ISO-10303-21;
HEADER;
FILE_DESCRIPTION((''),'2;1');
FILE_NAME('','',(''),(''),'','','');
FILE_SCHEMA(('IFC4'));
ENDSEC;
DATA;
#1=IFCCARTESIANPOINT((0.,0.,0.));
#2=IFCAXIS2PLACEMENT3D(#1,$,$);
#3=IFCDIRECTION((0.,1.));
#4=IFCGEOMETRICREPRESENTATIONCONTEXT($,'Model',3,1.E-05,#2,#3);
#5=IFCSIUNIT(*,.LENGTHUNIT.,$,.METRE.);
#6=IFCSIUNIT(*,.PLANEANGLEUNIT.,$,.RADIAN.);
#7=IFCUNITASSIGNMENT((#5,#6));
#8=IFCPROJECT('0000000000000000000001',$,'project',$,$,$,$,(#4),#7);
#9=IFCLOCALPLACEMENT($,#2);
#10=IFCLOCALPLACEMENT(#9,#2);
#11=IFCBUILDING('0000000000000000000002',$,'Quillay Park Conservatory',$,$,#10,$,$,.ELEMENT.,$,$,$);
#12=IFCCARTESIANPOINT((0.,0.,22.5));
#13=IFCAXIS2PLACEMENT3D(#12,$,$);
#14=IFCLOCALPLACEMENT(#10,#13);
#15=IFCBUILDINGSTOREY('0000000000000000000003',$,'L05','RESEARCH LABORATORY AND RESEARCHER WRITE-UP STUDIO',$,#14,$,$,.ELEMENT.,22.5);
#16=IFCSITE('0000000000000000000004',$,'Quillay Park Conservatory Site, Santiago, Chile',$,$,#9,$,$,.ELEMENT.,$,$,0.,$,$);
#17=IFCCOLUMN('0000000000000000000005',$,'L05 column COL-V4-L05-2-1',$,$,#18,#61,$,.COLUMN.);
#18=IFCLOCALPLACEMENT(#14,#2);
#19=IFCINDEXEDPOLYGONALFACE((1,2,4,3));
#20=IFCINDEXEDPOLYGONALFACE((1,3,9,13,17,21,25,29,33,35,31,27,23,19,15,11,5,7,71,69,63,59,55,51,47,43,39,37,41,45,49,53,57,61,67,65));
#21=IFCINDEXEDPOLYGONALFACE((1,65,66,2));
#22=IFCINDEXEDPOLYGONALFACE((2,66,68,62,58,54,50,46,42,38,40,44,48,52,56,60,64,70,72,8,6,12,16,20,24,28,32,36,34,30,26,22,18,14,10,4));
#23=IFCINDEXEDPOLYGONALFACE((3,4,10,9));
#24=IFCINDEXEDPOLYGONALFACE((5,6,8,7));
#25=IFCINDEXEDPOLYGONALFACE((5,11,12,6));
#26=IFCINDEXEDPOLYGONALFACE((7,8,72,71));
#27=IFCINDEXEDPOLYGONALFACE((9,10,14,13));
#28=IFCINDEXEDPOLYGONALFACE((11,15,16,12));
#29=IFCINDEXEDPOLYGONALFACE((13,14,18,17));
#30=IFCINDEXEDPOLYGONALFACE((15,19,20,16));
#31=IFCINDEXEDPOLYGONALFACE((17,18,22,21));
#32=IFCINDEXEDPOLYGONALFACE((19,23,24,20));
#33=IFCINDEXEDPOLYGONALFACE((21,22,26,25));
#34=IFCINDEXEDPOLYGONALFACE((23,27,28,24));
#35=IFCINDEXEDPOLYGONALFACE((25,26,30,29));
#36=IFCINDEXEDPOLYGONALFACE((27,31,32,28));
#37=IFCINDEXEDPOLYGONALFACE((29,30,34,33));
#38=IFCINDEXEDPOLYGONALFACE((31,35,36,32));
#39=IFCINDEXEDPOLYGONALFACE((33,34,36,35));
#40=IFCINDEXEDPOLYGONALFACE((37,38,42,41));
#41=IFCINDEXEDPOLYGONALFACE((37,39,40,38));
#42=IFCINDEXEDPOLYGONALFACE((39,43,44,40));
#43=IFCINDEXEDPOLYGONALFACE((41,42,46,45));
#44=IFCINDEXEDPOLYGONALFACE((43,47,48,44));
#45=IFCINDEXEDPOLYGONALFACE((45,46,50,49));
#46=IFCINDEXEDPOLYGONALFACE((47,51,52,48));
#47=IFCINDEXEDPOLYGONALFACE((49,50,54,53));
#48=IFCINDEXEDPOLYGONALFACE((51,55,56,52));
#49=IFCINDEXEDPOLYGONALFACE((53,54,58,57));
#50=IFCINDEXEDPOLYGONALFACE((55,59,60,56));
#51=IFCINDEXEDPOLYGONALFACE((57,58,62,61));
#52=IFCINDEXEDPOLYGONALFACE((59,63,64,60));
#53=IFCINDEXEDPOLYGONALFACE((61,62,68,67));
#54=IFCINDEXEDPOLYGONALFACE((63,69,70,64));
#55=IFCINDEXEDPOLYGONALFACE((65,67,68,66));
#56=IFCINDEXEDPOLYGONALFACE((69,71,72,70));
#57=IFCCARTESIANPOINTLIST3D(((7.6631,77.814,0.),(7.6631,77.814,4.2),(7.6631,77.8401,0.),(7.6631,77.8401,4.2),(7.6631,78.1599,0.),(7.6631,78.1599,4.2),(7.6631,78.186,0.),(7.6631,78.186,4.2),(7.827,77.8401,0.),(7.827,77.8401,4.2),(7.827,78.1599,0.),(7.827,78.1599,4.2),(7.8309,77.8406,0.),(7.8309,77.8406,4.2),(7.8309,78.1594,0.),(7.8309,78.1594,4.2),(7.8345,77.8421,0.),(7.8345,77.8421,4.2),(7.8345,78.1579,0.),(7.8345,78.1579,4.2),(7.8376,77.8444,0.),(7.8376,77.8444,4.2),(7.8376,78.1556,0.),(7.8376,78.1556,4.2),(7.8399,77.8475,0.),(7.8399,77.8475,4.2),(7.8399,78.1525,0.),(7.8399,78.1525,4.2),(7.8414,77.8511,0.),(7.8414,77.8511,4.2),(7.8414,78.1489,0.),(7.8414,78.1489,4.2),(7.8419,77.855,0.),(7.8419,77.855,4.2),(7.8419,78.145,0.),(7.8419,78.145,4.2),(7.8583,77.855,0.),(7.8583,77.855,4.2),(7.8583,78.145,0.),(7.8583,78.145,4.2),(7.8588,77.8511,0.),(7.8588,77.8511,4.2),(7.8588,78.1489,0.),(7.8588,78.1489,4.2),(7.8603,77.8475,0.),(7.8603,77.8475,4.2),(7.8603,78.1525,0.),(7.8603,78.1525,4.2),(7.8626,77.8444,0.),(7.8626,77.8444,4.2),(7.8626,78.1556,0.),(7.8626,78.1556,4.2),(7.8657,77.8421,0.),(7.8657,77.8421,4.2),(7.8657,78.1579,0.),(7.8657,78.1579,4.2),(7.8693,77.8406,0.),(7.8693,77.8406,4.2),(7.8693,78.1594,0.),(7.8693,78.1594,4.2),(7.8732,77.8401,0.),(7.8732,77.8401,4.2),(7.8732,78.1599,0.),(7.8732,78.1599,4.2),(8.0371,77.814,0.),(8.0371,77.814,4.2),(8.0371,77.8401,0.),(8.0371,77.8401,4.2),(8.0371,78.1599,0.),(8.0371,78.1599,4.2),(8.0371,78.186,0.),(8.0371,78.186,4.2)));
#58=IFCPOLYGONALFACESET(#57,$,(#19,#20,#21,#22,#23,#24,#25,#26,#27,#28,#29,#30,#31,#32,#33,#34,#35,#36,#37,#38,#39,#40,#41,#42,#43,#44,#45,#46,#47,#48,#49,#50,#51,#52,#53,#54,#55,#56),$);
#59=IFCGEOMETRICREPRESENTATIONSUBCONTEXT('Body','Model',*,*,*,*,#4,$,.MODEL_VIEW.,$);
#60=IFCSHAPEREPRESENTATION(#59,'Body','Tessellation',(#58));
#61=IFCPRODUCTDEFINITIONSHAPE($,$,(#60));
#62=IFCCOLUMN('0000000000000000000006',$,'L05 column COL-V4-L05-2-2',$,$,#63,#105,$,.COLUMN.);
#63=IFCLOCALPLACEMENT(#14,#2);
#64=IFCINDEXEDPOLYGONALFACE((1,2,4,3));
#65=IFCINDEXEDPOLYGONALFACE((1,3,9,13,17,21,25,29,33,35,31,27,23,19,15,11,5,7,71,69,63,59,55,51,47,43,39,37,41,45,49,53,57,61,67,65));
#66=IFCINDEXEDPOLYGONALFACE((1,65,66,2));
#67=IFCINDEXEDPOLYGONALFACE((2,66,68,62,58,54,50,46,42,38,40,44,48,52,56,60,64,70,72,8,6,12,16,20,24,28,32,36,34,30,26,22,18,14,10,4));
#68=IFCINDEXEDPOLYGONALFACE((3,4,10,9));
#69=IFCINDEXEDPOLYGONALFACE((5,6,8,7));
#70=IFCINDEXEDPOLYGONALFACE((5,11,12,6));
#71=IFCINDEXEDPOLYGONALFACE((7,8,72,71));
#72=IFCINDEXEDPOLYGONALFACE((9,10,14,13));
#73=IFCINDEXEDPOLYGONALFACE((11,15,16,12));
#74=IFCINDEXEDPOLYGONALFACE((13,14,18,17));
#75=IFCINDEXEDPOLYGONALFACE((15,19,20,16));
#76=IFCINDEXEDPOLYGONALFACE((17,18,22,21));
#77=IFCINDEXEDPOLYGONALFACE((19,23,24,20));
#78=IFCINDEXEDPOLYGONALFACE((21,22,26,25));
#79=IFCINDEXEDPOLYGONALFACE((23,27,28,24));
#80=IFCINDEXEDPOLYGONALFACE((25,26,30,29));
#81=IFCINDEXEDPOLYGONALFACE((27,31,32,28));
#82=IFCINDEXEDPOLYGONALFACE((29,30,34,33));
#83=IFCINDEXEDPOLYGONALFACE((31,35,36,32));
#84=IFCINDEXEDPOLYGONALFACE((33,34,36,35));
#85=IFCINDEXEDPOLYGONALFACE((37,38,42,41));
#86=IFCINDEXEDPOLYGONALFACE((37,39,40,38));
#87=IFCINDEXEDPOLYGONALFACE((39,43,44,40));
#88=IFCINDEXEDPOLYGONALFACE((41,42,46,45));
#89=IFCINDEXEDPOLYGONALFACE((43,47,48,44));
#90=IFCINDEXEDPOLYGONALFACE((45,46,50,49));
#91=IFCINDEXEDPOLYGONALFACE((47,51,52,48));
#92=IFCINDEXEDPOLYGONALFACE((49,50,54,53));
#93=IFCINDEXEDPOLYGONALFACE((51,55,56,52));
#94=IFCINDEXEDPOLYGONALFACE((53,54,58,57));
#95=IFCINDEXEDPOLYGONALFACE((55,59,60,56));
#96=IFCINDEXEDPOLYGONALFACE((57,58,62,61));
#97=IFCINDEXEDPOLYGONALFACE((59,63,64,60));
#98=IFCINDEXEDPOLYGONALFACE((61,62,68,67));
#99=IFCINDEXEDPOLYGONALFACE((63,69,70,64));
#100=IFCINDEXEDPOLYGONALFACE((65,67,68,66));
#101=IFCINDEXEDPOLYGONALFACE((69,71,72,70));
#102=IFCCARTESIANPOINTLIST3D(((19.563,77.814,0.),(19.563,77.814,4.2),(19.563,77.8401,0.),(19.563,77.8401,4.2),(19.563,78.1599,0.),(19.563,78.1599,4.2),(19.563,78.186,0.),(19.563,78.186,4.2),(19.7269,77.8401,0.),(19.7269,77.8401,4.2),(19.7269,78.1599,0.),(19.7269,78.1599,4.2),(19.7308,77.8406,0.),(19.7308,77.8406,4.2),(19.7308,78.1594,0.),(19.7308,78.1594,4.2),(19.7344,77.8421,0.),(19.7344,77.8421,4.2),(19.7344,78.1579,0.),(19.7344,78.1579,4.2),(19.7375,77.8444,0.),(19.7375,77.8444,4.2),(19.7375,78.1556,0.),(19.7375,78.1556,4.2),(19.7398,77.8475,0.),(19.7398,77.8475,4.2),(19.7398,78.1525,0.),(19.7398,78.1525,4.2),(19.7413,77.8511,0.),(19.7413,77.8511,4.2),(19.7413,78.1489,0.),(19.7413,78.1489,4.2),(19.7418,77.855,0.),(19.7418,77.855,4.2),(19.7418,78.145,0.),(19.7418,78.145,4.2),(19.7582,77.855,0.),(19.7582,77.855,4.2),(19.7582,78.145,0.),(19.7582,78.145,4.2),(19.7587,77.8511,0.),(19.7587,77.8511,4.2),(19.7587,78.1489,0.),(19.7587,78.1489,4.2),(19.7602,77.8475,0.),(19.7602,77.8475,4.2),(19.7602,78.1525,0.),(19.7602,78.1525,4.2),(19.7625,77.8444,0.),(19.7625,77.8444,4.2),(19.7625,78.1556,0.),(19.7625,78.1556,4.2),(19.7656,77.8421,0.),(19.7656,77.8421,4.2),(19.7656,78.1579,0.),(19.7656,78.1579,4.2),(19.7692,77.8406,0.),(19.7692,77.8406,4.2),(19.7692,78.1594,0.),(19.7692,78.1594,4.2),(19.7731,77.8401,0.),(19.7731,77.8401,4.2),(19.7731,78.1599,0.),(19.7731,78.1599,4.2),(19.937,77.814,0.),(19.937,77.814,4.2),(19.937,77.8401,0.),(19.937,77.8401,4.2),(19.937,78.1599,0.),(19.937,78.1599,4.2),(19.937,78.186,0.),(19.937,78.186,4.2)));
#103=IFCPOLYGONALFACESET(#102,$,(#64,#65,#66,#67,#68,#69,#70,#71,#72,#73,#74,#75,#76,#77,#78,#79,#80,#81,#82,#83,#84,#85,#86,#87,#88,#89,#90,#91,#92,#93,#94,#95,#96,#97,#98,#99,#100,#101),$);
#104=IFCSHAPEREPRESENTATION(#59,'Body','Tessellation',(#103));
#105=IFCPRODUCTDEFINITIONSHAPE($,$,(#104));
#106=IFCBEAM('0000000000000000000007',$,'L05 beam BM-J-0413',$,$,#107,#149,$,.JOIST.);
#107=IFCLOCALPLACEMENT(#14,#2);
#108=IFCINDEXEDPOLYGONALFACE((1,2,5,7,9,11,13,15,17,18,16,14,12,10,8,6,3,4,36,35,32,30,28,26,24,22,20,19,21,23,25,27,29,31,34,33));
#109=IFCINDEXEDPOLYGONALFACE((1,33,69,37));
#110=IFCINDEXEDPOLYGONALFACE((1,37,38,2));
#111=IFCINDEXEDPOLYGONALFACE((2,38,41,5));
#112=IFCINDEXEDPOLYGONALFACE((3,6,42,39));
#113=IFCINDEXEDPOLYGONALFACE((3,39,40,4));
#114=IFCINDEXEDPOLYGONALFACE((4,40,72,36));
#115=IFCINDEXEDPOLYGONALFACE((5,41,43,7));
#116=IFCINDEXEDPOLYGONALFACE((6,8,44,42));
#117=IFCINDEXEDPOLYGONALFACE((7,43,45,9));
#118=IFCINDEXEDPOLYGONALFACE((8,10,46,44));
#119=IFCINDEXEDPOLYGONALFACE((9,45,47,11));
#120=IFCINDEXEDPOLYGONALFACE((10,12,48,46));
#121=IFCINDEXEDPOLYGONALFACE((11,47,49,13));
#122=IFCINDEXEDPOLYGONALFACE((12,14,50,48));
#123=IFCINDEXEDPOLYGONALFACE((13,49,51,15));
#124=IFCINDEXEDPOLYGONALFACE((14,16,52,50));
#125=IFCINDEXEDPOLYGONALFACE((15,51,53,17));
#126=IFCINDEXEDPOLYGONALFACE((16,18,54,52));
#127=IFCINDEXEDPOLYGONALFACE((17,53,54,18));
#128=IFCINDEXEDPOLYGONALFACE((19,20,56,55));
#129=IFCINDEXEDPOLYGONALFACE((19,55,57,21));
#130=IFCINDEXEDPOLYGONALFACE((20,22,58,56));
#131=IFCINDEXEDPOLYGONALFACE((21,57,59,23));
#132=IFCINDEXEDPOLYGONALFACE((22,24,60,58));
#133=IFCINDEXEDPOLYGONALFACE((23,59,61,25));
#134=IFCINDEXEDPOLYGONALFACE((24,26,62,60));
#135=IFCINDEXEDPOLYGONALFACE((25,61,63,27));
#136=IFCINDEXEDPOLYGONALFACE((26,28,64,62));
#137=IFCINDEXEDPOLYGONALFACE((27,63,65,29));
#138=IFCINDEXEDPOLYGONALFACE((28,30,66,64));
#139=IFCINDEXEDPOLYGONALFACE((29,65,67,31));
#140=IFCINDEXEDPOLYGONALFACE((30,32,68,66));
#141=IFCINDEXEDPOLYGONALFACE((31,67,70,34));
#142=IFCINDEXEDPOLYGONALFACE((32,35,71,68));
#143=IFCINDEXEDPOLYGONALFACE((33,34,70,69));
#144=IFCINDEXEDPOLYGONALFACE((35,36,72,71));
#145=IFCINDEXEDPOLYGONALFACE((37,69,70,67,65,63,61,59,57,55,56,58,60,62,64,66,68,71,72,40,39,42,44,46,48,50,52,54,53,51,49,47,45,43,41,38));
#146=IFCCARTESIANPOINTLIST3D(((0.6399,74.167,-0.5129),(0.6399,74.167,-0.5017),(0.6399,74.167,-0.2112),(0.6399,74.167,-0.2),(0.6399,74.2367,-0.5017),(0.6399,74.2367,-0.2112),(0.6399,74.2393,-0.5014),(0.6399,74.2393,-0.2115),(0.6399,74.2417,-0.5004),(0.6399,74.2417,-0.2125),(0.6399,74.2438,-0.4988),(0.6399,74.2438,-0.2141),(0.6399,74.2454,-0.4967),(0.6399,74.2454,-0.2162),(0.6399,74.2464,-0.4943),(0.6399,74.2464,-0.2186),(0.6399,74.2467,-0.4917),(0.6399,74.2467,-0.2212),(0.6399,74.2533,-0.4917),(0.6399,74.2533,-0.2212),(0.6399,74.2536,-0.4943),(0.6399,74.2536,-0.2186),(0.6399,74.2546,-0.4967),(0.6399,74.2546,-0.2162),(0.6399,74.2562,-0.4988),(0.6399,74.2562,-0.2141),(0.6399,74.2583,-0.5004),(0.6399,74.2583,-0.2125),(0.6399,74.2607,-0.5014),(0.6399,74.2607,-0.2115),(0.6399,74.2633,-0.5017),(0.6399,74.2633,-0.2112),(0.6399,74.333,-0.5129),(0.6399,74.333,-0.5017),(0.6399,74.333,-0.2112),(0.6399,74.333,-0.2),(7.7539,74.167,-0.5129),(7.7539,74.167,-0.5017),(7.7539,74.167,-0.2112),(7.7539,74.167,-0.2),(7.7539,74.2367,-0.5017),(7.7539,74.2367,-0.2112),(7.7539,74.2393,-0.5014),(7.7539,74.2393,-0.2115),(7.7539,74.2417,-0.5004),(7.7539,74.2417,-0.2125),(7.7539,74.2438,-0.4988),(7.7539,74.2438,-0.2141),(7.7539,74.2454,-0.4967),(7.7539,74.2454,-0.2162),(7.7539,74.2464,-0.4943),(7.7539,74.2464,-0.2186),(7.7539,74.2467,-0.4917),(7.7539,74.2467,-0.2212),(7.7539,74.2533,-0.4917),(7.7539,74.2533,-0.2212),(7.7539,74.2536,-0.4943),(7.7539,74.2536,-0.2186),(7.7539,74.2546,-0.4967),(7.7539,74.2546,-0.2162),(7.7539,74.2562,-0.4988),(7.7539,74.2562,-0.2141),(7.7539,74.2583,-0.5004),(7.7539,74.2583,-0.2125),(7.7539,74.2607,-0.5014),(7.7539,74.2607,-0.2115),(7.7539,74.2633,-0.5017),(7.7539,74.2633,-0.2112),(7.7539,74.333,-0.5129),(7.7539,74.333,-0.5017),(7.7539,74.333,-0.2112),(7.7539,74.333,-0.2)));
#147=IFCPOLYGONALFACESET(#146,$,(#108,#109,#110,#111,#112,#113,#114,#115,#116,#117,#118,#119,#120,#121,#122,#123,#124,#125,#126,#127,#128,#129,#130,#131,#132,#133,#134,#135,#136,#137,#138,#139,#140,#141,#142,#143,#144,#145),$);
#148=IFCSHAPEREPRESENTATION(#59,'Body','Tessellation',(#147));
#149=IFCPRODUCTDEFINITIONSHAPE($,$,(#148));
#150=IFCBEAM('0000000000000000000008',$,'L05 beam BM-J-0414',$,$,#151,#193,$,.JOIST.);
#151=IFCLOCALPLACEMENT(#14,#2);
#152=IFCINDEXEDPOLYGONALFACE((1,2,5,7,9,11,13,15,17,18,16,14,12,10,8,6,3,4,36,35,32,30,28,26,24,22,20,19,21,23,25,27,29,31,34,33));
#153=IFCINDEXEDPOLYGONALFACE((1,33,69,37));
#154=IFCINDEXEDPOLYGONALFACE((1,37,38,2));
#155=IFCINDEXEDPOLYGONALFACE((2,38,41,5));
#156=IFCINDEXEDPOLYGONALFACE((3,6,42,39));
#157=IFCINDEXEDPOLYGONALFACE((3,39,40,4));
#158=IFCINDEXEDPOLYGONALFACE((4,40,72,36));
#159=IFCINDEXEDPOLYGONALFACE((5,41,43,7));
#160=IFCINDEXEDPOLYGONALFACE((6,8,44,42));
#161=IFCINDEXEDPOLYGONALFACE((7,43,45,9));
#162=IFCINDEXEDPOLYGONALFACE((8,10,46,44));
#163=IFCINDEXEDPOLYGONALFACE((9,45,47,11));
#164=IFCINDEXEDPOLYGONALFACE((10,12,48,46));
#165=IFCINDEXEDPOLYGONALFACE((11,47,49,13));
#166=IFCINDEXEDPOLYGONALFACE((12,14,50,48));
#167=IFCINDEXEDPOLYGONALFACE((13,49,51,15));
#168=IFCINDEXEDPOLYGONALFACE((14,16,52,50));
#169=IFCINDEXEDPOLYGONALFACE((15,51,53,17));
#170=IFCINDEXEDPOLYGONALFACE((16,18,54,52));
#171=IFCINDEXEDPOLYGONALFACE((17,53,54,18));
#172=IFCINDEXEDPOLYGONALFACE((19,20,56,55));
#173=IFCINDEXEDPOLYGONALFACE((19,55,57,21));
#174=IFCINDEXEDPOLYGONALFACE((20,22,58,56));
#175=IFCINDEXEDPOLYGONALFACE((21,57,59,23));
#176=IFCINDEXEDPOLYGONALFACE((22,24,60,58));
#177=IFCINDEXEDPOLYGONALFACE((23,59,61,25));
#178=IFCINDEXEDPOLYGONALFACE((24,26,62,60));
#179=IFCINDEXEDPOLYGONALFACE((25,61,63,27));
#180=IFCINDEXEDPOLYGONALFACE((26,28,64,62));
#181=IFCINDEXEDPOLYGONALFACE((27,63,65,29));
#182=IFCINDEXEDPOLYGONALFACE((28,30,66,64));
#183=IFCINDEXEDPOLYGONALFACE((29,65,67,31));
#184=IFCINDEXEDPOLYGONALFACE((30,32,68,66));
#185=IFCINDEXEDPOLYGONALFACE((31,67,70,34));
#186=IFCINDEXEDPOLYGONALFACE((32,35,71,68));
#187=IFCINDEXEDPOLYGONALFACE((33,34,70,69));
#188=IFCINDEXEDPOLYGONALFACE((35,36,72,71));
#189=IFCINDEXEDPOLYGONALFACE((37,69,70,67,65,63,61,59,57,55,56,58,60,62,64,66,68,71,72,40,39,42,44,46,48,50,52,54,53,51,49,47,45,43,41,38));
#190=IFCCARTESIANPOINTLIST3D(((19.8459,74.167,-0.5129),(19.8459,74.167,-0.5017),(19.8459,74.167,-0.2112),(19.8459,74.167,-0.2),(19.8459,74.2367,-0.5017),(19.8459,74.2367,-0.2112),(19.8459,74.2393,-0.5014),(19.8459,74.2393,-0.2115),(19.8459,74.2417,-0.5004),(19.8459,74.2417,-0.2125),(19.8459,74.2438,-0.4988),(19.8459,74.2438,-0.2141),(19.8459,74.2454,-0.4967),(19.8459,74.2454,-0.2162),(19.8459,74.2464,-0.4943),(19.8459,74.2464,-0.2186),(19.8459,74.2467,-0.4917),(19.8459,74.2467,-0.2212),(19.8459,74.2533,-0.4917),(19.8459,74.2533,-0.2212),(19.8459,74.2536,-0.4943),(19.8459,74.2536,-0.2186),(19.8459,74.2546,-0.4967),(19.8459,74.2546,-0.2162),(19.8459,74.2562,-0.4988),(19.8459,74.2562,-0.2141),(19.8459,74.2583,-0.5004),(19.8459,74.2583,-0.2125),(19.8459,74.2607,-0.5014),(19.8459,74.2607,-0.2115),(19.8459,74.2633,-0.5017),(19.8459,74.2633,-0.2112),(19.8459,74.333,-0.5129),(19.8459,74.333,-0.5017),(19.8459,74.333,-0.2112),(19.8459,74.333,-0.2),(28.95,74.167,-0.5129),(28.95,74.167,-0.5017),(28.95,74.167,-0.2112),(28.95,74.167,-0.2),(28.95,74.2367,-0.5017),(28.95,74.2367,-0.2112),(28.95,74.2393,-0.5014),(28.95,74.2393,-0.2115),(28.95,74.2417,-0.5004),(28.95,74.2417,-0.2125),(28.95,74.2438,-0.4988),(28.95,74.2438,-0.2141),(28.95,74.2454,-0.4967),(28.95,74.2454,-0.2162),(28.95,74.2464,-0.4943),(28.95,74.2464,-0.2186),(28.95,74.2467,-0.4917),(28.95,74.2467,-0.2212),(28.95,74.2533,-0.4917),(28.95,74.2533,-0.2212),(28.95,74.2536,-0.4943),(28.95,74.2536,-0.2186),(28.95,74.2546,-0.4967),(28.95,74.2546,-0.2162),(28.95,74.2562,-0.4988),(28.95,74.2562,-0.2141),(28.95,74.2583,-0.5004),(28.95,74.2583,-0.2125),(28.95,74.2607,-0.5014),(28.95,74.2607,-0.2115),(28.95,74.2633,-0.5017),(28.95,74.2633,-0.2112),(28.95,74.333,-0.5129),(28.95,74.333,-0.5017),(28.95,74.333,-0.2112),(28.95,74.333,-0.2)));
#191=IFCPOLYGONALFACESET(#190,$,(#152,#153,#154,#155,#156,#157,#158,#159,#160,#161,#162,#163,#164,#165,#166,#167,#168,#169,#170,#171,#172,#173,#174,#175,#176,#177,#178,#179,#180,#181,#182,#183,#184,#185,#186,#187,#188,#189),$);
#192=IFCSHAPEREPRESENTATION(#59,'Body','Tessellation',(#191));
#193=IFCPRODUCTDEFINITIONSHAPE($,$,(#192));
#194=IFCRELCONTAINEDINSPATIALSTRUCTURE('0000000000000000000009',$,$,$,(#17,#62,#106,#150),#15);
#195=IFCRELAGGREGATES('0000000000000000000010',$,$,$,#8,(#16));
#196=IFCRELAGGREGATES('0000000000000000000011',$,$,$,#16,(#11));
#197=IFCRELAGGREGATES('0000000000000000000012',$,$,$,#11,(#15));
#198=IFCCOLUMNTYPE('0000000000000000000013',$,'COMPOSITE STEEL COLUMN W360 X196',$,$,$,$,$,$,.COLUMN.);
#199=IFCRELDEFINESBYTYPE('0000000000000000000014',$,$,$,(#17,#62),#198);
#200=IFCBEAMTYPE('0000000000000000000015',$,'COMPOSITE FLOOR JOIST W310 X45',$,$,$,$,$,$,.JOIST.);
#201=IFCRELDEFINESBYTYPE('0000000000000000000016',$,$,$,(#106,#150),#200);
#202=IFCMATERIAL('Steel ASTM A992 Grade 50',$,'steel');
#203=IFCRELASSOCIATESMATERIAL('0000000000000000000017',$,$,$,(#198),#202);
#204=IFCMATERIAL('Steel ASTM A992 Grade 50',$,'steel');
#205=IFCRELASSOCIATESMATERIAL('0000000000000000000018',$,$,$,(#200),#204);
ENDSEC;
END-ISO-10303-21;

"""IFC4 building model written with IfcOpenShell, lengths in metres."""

from ifc_helpers import new_model, si_unit, direction, frame, origin, origin_2d, place, context, subcontext, project, spatial, i_section, extrude, material, material_profile, profile_set, type_object, element, save


model = new_model("IFC4")

# Units and contexts
model_context = context("Model", 3, precision=1e-05, world=origin(), true_north=direction((0.0, 1.0)))
body_context = subcontext(model_context, "Body", "Model", "MODEL_VIEW")
ifc_project = project(units=[si_unit("LENGTHUNIT", "METRE"), si_unit("PLANEANGLEUNIT", "RADIAN")], contexts=[model_context])

# Site, building, storey
site_placement = place(None, origin())
site = spatial("IfcSite", under=ifc_project, at=site_placement, Name="Quillay Park Conservatory Site, Santiago, Chile", CompositionType="ELEMENT", RefElevation=0.0)
building_placement = place(site_placement, origin())
building = spatial("IfcBuilding", under=site, at=building_placement, Name="Quillay Park Conservatory", CompositionType="ELEMENT")
storey_placement = place(building_placement, frame((0.0, 0.0, 22.5)))
storey = spatial("IfcBuildingStorey", under=building, at=storey_placement, Name="L05", Description="RESEARCH LABORATORY AND RESEARCHER WRITE-UP STUDIO", CompositionType="ELEMENT", Elevation=22.5)

# Columns
ifc_material_1 = material(Name="Steel ASTM A992 Grade 50", Category="steel")
ifc_material_profile_1 = material_profile(ifc_material_1, i_section(OverallWidth=0.374, OverallDepth=0.3721, WebThickness=0.0164, FlangeThickness=0.0261, FilletRadius=0.0149, at=origin_2d()), Name="W360x196")
ifc_profile_set_1 = profile_set([ifc_material_profile_1], Name="Steel ASTM A992 Grade 50")
column_type = type_object("IfcColumnType", Name="COMPOSITE STEEL COLUMN W360 X196", PredefinedType="COLUMN", material=ifc_profile_set_1)
for number, where, z_axis, x_axis, name in (
    (1, (7.8501, 78.0, 0.0), (0.0, 0.0, 1.0), (1.0, 0.0, 0.0), "L05 column COL-V4-L05-2-1"),
    (2, (19.75, 78.0, 0.0), (0.0, 0.0, 1.0), (1.0, 0.0, 0.0), "L05 column COL-V4-L05-2-2"),
):
    element("IfcColumn", number, at=place(storey_placement, frame(where, z_axis=z_axis, x_axis=x_axis)), inside=storey, type_object=column_type, Name=name, PredefinedType="COLUMN", context=body_context, shape_type="SweptSolid", body=[
        extrude(i_section(OverallWidth=0.374, OverallDepth=0.3721, WebThickness=0.0164, FlangeThickness=0.0261, FilletRadius=0.0149, at=origin_2d()), origin(), (0.0, 0.0, 1.0), 4.2),
    ])

# Beams
ifc_material_2 = material(Name="Steel ASTM A992 Grade 50", Category="steel")
ifc_material_profile_2 = material_profile(ifc_material_2, i_section(OverallWidth=0.166, OverallDepth=0.313, WebThickness=0.0066, FlangeThickness=0.0112, FilletRadius=0.01, at=origin_2d()), Name="W310x45")
ifc_profile_set_2 = profile_set([ifc_material_profile_2], Name="Steel ASTM A992 Grade 50")
beam_type_1 = type_object("IfcBeamType", Name="COMPOSITE FLOOR JOIST W310 X45", PredefinedType="JOIST", material=ifc_profile_set_2)
beam_1_placement = place(storey_placement, frame((0.6399, 74.25, -0.3564), z_axis=(1.0, 0.0, 0.0), x_axis=(0.0, 1.0, 0.0)))
element("IfcBeam", 3, at=beam_1_placement, inside=storey, type_object=beam_type_1, Name="L05 beam BM-J-0413", PredefinedType="JOIST", context=body_context, shape_type="SweptSolid", body=[
    extrude(i_section(OverallWidth=0.166, OverallDepth=0.313, WebThickness=0.0066, FlangeThickness=0.0112, FilletRadius=0.01, at=origin_2d()), origin(), (0.0, 0.0, 1.0), 7.114),
])
beam_2_placement = place(storey_placement, frame((19.8459, 74.25, -0.3564), z_axis=(1.0, 0.0, 0.0), x_axis=(0.0, 1.0, 0.0)))
element("IfcBeam", 4, at=beam_2_placement, inside=storey, type_object=beam_type_1, Name="L05 beam BM-J-0414", PredefinedType="JOIST", context=body_context, shape_type="SweptSolid", body=[
    extrude(i_section(OverallWidth=0.166, OverallDepth=0.313, WebThickness=0.0066, FlangeThickness=0.0112, FilletRadius=0.01, at=origin_2d()), origin(), (0.0, 0.0, 1.0), 9.104),
])

save(model, "model.ifc")
